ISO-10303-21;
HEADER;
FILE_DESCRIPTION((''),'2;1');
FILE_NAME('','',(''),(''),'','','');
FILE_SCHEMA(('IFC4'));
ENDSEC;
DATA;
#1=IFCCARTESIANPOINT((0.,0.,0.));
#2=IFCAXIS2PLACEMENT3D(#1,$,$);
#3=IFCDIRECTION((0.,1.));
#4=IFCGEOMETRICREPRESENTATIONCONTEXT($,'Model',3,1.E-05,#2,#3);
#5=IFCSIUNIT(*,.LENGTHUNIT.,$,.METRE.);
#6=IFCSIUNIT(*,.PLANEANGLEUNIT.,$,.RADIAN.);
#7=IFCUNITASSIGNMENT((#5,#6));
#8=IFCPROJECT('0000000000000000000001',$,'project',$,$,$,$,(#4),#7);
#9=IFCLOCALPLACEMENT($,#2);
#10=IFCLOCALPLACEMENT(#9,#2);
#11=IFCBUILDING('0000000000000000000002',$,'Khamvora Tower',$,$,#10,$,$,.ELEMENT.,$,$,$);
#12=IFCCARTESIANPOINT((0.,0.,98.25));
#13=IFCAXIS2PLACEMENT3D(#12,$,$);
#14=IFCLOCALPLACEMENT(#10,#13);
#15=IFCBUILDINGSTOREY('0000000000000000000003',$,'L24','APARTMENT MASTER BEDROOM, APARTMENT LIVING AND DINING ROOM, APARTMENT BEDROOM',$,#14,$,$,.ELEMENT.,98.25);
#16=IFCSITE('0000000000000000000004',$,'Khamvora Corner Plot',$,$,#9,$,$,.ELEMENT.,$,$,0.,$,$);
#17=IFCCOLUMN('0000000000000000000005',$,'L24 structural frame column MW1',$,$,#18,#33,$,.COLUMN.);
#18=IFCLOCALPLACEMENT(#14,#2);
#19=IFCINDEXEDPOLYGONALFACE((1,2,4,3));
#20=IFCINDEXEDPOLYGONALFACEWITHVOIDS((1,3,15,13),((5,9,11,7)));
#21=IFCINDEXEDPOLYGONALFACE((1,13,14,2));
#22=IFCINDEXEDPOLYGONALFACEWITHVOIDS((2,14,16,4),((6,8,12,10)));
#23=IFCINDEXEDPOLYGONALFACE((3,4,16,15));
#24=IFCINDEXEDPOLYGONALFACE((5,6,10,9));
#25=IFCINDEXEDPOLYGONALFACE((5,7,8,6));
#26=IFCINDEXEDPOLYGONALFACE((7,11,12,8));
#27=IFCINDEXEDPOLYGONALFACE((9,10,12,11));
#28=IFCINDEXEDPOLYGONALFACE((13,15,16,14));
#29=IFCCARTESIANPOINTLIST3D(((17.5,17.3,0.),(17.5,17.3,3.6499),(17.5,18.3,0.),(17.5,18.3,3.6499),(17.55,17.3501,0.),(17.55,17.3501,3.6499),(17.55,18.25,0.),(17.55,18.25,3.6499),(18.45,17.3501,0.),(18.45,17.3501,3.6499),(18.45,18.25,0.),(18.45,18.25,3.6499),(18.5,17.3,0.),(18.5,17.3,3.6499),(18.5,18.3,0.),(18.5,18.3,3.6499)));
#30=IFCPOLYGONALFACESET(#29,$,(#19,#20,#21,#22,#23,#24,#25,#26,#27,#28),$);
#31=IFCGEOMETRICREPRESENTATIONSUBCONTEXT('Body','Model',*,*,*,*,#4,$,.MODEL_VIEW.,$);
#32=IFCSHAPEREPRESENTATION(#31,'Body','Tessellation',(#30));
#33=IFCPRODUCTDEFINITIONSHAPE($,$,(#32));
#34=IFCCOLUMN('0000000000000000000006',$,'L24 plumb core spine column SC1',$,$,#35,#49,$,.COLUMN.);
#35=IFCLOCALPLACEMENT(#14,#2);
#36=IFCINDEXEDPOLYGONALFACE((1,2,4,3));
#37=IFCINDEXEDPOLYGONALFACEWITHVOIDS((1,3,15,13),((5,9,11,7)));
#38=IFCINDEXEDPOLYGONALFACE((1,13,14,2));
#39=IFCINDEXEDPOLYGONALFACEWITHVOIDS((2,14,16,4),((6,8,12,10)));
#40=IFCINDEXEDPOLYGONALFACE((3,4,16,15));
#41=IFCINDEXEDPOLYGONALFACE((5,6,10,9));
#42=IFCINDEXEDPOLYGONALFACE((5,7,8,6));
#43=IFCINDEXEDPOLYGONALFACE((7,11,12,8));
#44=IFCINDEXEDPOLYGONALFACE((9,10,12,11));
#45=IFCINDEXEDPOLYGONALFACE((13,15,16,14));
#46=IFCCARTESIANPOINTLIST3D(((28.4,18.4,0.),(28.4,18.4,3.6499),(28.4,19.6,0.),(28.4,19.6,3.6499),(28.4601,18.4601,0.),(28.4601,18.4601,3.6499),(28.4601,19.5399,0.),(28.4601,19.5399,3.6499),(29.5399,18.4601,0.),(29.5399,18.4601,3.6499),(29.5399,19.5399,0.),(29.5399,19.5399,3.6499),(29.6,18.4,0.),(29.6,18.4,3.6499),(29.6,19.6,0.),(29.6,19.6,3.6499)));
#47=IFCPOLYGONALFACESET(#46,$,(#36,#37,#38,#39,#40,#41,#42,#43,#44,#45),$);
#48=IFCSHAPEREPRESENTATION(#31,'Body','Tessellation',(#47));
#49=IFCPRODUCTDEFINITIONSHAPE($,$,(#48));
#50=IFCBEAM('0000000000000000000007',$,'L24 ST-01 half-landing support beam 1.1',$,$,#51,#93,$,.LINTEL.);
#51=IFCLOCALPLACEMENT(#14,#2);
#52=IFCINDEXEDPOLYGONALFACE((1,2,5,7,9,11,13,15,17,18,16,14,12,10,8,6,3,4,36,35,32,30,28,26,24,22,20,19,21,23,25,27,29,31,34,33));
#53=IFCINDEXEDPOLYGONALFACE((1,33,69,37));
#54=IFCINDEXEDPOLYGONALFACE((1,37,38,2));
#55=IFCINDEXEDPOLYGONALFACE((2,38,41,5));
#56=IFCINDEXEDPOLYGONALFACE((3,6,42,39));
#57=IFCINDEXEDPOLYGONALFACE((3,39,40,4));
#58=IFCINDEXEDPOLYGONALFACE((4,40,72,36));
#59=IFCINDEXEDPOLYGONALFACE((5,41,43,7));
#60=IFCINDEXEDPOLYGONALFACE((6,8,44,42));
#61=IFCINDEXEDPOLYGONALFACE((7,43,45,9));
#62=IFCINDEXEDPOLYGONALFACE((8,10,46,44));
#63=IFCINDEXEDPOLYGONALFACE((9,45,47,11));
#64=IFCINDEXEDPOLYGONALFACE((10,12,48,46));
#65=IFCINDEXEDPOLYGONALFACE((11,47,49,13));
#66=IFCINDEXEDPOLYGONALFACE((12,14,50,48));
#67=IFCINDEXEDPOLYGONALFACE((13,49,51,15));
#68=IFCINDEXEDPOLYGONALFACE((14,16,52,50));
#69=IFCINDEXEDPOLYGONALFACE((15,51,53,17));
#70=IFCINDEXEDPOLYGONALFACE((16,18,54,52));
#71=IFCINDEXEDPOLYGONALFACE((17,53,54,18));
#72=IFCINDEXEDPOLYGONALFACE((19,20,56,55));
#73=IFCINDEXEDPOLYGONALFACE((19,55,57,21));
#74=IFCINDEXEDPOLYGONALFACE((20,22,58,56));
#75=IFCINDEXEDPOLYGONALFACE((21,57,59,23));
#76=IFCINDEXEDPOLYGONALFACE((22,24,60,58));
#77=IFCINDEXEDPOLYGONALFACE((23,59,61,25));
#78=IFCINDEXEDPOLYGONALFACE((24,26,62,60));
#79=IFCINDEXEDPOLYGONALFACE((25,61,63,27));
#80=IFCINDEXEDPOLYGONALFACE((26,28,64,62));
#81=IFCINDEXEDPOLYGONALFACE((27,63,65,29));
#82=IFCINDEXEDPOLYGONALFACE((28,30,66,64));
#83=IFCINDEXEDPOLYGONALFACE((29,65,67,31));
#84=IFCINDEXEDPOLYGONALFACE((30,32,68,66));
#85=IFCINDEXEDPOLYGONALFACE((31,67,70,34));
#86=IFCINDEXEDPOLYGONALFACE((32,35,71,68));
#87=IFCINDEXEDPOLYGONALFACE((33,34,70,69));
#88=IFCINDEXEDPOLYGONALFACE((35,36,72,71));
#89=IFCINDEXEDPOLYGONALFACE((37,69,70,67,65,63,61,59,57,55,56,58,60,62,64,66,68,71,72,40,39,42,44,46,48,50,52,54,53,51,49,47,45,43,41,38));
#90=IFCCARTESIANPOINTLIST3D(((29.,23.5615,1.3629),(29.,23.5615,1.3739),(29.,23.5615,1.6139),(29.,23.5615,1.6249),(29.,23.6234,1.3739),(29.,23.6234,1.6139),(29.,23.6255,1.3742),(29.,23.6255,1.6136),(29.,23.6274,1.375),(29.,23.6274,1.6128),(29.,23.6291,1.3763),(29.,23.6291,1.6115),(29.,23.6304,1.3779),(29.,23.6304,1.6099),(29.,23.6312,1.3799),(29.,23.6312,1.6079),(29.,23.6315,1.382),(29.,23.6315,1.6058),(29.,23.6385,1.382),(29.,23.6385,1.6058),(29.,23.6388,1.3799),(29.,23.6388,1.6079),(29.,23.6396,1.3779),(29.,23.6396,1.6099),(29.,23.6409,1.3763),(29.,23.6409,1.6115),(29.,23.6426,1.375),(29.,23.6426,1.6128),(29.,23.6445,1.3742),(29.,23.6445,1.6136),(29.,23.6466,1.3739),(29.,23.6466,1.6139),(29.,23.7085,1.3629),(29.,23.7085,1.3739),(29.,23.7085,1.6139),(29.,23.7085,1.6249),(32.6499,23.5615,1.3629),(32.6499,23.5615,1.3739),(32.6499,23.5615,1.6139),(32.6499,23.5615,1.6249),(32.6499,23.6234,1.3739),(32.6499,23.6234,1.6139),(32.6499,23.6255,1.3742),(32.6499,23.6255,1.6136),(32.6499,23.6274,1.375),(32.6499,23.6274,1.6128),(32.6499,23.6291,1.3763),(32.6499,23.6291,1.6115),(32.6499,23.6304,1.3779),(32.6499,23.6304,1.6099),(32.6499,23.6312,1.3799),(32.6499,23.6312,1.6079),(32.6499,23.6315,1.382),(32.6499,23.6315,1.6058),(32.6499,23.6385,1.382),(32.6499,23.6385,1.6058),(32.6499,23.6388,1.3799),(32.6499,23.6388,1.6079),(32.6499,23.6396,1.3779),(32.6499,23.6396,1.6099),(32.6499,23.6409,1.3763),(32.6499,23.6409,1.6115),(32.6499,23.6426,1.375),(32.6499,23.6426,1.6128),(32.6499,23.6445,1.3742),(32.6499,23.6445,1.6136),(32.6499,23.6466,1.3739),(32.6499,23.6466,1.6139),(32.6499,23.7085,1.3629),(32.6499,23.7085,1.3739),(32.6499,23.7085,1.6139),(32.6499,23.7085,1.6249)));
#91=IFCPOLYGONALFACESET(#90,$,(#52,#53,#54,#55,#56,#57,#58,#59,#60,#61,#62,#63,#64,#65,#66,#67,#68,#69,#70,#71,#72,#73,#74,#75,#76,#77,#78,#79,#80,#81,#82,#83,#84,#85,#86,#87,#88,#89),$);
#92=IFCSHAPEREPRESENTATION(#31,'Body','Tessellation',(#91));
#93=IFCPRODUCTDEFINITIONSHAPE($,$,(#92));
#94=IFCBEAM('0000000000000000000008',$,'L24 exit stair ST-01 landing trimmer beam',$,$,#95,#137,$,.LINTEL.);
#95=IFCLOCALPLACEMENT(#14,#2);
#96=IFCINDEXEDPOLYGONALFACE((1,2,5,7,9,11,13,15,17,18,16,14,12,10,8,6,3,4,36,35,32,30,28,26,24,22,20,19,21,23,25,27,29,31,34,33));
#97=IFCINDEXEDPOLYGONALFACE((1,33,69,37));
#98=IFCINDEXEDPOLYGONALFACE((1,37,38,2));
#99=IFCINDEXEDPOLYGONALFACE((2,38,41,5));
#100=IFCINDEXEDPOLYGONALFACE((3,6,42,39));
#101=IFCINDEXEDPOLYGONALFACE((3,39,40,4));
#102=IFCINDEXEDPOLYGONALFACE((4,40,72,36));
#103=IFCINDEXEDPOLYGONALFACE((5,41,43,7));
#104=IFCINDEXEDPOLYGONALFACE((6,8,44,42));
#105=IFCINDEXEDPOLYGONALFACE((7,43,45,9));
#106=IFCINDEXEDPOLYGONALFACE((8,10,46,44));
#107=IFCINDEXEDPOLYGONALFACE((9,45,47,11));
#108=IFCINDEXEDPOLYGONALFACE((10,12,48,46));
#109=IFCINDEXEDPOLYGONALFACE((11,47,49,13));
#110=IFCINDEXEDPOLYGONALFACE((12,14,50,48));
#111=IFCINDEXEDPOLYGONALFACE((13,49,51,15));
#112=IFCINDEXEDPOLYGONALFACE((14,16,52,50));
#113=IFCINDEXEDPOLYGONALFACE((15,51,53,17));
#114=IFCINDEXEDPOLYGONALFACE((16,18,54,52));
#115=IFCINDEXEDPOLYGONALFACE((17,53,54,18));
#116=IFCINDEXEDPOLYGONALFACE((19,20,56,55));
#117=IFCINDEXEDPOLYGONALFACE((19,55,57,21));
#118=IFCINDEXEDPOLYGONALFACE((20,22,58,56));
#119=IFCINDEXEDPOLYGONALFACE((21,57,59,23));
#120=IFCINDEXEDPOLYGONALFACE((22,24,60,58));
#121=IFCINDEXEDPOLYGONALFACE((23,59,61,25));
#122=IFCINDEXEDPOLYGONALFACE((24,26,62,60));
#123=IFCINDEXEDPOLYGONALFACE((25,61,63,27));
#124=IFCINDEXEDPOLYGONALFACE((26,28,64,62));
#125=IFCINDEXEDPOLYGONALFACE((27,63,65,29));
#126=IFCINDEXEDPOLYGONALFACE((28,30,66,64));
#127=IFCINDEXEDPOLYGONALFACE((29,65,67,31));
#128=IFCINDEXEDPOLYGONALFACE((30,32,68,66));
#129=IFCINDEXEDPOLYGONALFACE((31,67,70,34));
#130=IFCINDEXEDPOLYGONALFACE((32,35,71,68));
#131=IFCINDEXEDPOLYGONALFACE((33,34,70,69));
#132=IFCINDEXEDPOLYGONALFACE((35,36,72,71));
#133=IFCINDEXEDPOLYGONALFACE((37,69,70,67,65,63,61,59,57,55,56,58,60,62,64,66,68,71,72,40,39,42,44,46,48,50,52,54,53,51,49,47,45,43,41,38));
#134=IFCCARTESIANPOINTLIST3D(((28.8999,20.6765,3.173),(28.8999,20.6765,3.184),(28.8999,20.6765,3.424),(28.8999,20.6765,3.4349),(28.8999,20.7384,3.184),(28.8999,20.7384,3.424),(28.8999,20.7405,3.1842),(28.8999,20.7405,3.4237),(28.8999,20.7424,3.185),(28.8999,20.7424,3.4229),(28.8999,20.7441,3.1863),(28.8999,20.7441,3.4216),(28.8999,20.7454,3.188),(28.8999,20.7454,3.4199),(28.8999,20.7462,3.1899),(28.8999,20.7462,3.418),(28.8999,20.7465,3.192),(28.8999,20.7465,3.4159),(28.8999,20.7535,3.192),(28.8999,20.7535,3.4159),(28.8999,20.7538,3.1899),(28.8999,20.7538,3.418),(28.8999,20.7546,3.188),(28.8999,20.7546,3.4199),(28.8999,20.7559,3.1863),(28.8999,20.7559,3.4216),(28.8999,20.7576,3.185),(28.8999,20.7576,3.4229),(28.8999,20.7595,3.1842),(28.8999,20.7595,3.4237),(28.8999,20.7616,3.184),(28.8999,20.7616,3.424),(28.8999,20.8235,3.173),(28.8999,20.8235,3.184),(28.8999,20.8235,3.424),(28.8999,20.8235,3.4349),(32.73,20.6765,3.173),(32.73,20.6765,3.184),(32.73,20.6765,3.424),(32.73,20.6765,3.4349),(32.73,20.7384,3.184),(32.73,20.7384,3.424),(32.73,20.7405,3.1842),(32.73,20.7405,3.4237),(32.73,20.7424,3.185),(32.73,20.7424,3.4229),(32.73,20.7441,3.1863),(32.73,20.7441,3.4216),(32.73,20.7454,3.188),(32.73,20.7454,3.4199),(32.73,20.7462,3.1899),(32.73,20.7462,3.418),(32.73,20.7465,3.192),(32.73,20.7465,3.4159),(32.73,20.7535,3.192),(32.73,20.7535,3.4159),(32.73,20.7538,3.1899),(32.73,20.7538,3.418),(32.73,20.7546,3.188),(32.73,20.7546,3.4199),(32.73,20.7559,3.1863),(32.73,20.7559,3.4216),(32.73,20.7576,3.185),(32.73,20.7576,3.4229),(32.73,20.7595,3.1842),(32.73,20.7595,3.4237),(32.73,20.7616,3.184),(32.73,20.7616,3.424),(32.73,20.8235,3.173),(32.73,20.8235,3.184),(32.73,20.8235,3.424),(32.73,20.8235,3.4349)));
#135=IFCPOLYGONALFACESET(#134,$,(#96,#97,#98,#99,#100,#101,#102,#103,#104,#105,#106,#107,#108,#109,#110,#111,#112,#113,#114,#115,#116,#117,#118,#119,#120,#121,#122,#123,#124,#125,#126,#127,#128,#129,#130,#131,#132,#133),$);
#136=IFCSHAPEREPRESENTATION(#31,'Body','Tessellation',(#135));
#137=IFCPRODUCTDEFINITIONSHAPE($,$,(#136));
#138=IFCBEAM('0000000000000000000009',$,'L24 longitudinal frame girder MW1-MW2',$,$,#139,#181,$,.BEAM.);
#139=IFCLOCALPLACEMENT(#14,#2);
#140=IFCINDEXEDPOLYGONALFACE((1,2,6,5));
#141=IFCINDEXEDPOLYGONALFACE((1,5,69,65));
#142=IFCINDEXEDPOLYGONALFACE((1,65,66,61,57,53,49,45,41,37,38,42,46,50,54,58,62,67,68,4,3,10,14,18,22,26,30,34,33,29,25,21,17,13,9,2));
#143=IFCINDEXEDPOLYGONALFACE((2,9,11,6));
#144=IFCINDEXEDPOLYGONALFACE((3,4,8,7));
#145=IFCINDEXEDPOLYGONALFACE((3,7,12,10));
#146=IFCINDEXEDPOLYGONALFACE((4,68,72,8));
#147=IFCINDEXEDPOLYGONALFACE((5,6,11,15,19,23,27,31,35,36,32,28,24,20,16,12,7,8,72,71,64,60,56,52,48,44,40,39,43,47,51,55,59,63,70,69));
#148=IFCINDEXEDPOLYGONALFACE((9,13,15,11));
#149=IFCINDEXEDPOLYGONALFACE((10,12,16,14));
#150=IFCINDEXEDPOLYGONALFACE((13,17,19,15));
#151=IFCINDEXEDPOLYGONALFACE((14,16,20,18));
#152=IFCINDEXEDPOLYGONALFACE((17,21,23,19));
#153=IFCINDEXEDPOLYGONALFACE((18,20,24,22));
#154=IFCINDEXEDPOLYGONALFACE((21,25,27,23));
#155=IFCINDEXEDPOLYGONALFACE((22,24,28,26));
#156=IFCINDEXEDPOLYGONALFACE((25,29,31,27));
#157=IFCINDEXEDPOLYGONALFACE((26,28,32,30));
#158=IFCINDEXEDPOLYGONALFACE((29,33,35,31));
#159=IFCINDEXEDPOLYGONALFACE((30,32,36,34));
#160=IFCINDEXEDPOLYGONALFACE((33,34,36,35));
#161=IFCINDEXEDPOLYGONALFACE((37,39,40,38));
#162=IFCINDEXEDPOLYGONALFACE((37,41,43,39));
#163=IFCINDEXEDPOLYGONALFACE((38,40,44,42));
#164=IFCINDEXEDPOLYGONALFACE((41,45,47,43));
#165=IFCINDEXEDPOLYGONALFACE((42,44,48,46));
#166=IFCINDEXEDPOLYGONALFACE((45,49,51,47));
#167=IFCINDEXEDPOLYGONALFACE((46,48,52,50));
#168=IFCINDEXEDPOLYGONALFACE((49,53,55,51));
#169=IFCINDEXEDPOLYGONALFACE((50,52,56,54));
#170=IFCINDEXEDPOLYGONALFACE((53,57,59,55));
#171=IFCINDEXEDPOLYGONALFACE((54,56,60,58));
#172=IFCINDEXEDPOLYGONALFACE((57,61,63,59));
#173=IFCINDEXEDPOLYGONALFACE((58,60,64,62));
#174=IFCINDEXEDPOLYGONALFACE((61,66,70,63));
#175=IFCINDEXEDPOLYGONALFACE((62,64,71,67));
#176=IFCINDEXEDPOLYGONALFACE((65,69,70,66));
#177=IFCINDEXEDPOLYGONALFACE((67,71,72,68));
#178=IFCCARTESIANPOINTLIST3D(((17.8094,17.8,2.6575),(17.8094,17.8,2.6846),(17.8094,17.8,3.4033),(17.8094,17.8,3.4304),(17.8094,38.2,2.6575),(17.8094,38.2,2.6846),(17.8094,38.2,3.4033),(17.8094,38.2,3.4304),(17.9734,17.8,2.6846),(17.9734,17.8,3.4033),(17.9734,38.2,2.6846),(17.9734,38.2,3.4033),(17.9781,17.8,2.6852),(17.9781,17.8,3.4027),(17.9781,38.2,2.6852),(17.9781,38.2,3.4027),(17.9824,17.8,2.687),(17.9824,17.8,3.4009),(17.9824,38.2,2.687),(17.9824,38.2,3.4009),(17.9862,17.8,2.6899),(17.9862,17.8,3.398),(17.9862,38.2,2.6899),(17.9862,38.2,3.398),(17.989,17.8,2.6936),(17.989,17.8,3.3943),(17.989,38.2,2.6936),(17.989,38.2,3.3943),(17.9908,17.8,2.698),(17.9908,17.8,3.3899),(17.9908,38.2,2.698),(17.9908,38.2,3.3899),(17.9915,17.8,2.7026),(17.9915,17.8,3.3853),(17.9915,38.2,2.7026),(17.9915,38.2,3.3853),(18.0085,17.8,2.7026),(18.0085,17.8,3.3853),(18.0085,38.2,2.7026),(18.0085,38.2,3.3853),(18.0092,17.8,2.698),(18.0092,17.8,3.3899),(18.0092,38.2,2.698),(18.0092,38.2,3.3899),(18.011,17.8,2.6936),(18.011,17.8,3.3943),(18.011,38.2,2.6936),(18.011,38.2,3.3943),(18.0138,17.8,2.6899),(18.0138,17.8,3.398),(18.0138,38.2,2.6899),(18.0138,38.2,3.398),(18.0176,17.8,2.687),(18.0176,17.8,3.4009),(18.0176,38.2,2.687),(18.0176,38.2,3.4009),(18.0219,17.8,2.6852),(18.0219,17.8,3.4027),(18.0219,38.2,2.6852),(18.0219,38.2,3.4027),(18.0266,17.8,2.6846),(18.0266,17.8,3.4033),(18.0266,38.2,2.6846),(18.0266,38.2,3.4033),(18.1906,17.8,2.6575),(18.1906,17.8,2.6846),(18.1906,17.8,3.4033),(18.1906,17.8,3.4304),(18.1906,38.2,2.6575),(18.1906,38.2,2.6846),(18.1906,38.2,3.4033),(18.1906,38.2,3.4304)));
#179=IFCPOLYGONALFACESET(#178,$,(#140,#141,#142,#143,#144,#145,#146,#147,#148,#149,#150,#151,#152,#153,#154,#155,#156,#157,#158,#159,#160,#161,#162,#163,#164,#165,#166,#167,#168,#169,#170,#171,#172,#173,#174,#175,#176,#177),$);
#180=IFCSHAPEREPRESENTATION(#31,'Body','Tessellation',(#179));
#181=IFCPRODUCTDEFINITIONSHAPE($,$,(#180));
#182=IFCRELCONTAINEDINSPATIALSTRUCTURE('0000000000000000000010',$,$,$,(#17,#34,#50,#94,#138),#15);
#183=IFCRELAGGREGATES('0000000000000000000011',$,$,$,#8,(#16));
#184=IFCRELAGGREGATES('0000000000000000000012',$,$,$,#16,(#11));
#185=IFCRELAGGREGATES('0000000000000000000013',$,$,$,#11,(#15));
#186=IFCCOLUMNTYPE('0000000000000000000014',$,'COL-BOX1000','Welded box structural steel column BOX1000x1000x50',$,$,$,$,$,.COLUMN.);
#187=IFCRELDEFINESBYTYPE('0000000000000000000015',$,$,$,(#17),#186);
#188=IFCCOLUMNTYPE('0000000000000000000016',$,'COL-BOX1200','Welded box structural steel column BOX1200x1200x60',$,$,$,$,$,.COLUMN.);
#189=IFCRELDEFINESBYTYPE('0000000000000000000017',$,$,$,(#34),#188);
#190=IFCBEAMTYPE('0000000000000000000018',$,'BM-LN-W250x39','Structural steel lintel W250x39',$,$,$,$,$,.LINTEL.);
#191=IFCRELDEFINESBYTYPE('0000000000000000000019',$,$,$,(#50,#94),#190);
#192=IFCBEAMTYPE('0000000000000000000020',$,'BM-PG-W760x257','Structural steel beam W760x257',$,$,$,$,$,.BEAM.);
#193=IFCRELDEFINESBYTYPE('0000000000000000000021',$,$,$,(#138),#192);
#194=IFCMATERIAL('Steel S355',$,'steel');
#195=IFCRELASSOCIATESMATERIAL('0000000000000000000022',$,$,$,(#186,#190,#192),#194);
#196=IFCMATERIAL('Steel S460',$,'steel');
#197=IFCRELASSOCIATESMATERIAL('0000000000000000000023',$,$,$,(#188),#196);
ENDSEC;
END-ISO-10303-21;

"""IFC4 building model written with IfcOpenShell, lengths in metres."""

from ifc_helpers import new_model, si_unit, direction, frame, origin, origin_2d, place, context, subcontext, project, spatial, hollow_rectangle, i_section, extrude, material, material_profile, profile_set, type_object, element, save


model = new_model("IFC4")

# Units and contexts
model_context = context("Model", 3, precision=1e-05, world=origin(), true_north=direction((0.0, 1.0)))
body_context = subcontext(model_context, "Body", "Model", "MODEL_VIEW")
ifc_project = project(units=[si_unit("LENGTHUNIT", "METRE"), si_unit("PLANEANGLEUNIT", "RADIAN")], contexts=[model_context])

# Site, building, storey
site_placement = place(None, origin())
site = spatial("IfcSite", under=ifc_project, at=site_placement, Name="Khamvora Corner Plot", CompositionType="ELEMENT", RefElevation=0.0)
building_placement = place(site_placement, origin())
building = spatial("IfcBuilding", under=site, at=building_placement, Name="Khamvora Tower", CompositionType="ELEMENT")
storey_placement = place(building_placement, frame((0.0, 0.0, 98.25)))
storey = spatial("IfcBuildingStorey", under=building, at=storey_placement, Name="L24", Description="APARTMENT MASTER BEDROOM, APARTMENT LIVING AND DINING ROOM, APARTMENT BEDROOM", CompositionType="ELEMENT", Elevation=98.25)

# Columns
ifc_material_1 = material(Name="Steel S355", Category="steel")
ifc_material_profile_1 = material_profile(ifc_material_1, hollow_rectangle(XDim=1.0, YDim=1.0, WallThickness=0.05, at=origin_2d()), Name="BOX1000x1000x50")
ifc_profile_set_1 = profile_set([ifc_material_profile_1], Name="Steel S355")
column_type_1 = type_object("IfcColumnType", Name="COL-BOX1000", Description="Welded box structural steel column BOX1000x1000x50", PredefinedType="COLUMN", material=ifc_profile_set_1)
column_1_placement = place(storey_placement, frame((18.0, 17.8, 0.0), z_axis=(0.0, 0.0, 1.0), x_axis=(1.0, 0.0, 0.0)))
element("IfcColumn", 1, at=column_1_placement, inside=storey, type_object=column_type_1, Name="L24 structural frame column MW1", PredefinedType="COLUMN", context=body_context, shape_type="SweptSolid", body=[
    extrude(hollow_rectangle(XDim=1.0, YDim=1.0, WallThickness=0.05, at=origin_2d()), origin(), (0.0, 0.0, 1.0), 3.6499),
])
ifc_material_2 = material(Name="Steel S460", Category="steel")
ifc_material_profile_2 = material_profile(ifc_material_2, hollow_rectangle(XDim=1.2, YDim=1.2, WallThickness=0.0601, at=origin_2d()), Name="BOX1200x1200x60")
ifc_profile_set_2 = profile_set([ifc_material_profile_2], Name="Steel S460")
column_type_2 = type_object("IfcColumnType", Name="COL-BOX1200", Description="Welded box structural steel column BOX1200x1200x60", PredefinedType="COLUMN", material=ifc_profile_set_2)
column_2_placement = place(storey_placement, frame((29.0, 19.0, 0.0), z_axis=(0.0, 0.0, 1.0), x_axis=(1.0, 0.0, 0.0)))
element("IfcColumn", 2, at=column_2_placement, inside=storey, type_object=column_type_2, Name="L24 plumb core spine column SC1", PredefinedType="COLUMN", context=body_context, shape_type="SweptSolid", body=[
    extrude(hollow_rectangle(XDim=1.2, YDim=1.2, WallThickness=0.0601, at=origin_2d()), origin(), (0.0, 0.0, 1.0), 3.6499),
])

# Beams
ifc_material_profile_3 = material_profile(ifc_material_1, i_section(OverallWidth=0.147, OverallDepth=0.262, WebThickness=0.0071, FlangeThickness=0.011, FilletRadius=0.0081, at=origin_2d()), Name="W250x39")
ifc_profile_set_3 = profile_set([ifc_material_profile_3], Name="Steel S355")
beam_type_1 = type_object("IfcBeamType", Name="BM-LN-W250x39", Description="Structural steel lintel W250x39", PredefinedType="LINTEL", material=ifc_profile_set_3)
beam_1_placement = place(storey_placement, frame((29.0, 23.635, 1.4939), z_axis=(1.0, 0.0, 0.0), x_axis=(0.0, 1.0, 0.0)))
element("IfcBeam", 3, at=beam_1_placement, inside=storey, type_object=beam_type_1, Name="L24 ST-01 half-landing support beam 1.1", PredefinedType="LINTEL", context=body_context, shape_type="SweptSolid", body=[
    extrude(i_section(OverallWidth=0.147, OverallDepth=0.262, WebThickness=0.0071, FlangeThickness=0.011, FilletRadius=0.0081, at=origin_2d()), origin(), (0.0, 0.0, 1.0), 3.6499),
])
beam_2_placement = place(storey_placement, frame((28.8999, 20.75, 3.304), z_axis=(1.0, 0.0, 0.0), x_axis=(0.0, 1.0, 0.0)))
element("IfcBeam", 4, at=beam_2_placement, inside=storey, type_object=beam_type_1, Name="L24 exit stair ST-01 landing trimmer beam", PredefinedType="LINTEL", context=body_context, shape_type="SweptSolid", body=[
    extrude(i_section(OverallWidth=0.147, OverallDepth=0.262, WebThickness=0.0071, FlangeThickness=0.011, FilletRadius=0.0081, at=origin_2d()), origin(), (0.0, 0.0, 1.0), 3.8301),
])
ifc_material_profile_4 = material_profile(ifc_material_1, i_section(OverallWidth=0.3811, OverallDepth=0.7729, WebThickness=0.0171, FlangeThickness=0.0271, FilletRadius=0.0181, at=origin_2d()), Name="W760x257")
ifc_profile_set_4 = profile_set([ifc_material_profile_4], Name="Steel S355")
beam_type_2 = type_object("IfcBeamType", Name="BM-PG-W760x257", Description="Structural steel beam W760x257", PredefinedType="BEAM", material=ifc_profile_set_4)
beam_3_placement = place(storey_placement, frame((18.0, 17.8, 3.0439), z_axis=(0.0, 1.0, 0.0), x_axis=(-1.0, 0.0, 0.0)))
element("IfcBeam", 5, at=beam_3_placement, inside=storey, type_object=beam_type_2, Name="L24 longitudinal frame girder MW1-MW2", PredefinedType="BEAM", context=body_context, shape_type="SweptSolid", body=[
    extrude(i_section(OverallWidth=0.3811, OverallDepth=0.7729, WebThickness=0.0171, FlangeThickness=0.0271, FilletRadius=0.0181, at=origin_2d()), origin(), (0.0, 0.0, 1.0), 20.3999),
])

save(model, "model.ifc")
